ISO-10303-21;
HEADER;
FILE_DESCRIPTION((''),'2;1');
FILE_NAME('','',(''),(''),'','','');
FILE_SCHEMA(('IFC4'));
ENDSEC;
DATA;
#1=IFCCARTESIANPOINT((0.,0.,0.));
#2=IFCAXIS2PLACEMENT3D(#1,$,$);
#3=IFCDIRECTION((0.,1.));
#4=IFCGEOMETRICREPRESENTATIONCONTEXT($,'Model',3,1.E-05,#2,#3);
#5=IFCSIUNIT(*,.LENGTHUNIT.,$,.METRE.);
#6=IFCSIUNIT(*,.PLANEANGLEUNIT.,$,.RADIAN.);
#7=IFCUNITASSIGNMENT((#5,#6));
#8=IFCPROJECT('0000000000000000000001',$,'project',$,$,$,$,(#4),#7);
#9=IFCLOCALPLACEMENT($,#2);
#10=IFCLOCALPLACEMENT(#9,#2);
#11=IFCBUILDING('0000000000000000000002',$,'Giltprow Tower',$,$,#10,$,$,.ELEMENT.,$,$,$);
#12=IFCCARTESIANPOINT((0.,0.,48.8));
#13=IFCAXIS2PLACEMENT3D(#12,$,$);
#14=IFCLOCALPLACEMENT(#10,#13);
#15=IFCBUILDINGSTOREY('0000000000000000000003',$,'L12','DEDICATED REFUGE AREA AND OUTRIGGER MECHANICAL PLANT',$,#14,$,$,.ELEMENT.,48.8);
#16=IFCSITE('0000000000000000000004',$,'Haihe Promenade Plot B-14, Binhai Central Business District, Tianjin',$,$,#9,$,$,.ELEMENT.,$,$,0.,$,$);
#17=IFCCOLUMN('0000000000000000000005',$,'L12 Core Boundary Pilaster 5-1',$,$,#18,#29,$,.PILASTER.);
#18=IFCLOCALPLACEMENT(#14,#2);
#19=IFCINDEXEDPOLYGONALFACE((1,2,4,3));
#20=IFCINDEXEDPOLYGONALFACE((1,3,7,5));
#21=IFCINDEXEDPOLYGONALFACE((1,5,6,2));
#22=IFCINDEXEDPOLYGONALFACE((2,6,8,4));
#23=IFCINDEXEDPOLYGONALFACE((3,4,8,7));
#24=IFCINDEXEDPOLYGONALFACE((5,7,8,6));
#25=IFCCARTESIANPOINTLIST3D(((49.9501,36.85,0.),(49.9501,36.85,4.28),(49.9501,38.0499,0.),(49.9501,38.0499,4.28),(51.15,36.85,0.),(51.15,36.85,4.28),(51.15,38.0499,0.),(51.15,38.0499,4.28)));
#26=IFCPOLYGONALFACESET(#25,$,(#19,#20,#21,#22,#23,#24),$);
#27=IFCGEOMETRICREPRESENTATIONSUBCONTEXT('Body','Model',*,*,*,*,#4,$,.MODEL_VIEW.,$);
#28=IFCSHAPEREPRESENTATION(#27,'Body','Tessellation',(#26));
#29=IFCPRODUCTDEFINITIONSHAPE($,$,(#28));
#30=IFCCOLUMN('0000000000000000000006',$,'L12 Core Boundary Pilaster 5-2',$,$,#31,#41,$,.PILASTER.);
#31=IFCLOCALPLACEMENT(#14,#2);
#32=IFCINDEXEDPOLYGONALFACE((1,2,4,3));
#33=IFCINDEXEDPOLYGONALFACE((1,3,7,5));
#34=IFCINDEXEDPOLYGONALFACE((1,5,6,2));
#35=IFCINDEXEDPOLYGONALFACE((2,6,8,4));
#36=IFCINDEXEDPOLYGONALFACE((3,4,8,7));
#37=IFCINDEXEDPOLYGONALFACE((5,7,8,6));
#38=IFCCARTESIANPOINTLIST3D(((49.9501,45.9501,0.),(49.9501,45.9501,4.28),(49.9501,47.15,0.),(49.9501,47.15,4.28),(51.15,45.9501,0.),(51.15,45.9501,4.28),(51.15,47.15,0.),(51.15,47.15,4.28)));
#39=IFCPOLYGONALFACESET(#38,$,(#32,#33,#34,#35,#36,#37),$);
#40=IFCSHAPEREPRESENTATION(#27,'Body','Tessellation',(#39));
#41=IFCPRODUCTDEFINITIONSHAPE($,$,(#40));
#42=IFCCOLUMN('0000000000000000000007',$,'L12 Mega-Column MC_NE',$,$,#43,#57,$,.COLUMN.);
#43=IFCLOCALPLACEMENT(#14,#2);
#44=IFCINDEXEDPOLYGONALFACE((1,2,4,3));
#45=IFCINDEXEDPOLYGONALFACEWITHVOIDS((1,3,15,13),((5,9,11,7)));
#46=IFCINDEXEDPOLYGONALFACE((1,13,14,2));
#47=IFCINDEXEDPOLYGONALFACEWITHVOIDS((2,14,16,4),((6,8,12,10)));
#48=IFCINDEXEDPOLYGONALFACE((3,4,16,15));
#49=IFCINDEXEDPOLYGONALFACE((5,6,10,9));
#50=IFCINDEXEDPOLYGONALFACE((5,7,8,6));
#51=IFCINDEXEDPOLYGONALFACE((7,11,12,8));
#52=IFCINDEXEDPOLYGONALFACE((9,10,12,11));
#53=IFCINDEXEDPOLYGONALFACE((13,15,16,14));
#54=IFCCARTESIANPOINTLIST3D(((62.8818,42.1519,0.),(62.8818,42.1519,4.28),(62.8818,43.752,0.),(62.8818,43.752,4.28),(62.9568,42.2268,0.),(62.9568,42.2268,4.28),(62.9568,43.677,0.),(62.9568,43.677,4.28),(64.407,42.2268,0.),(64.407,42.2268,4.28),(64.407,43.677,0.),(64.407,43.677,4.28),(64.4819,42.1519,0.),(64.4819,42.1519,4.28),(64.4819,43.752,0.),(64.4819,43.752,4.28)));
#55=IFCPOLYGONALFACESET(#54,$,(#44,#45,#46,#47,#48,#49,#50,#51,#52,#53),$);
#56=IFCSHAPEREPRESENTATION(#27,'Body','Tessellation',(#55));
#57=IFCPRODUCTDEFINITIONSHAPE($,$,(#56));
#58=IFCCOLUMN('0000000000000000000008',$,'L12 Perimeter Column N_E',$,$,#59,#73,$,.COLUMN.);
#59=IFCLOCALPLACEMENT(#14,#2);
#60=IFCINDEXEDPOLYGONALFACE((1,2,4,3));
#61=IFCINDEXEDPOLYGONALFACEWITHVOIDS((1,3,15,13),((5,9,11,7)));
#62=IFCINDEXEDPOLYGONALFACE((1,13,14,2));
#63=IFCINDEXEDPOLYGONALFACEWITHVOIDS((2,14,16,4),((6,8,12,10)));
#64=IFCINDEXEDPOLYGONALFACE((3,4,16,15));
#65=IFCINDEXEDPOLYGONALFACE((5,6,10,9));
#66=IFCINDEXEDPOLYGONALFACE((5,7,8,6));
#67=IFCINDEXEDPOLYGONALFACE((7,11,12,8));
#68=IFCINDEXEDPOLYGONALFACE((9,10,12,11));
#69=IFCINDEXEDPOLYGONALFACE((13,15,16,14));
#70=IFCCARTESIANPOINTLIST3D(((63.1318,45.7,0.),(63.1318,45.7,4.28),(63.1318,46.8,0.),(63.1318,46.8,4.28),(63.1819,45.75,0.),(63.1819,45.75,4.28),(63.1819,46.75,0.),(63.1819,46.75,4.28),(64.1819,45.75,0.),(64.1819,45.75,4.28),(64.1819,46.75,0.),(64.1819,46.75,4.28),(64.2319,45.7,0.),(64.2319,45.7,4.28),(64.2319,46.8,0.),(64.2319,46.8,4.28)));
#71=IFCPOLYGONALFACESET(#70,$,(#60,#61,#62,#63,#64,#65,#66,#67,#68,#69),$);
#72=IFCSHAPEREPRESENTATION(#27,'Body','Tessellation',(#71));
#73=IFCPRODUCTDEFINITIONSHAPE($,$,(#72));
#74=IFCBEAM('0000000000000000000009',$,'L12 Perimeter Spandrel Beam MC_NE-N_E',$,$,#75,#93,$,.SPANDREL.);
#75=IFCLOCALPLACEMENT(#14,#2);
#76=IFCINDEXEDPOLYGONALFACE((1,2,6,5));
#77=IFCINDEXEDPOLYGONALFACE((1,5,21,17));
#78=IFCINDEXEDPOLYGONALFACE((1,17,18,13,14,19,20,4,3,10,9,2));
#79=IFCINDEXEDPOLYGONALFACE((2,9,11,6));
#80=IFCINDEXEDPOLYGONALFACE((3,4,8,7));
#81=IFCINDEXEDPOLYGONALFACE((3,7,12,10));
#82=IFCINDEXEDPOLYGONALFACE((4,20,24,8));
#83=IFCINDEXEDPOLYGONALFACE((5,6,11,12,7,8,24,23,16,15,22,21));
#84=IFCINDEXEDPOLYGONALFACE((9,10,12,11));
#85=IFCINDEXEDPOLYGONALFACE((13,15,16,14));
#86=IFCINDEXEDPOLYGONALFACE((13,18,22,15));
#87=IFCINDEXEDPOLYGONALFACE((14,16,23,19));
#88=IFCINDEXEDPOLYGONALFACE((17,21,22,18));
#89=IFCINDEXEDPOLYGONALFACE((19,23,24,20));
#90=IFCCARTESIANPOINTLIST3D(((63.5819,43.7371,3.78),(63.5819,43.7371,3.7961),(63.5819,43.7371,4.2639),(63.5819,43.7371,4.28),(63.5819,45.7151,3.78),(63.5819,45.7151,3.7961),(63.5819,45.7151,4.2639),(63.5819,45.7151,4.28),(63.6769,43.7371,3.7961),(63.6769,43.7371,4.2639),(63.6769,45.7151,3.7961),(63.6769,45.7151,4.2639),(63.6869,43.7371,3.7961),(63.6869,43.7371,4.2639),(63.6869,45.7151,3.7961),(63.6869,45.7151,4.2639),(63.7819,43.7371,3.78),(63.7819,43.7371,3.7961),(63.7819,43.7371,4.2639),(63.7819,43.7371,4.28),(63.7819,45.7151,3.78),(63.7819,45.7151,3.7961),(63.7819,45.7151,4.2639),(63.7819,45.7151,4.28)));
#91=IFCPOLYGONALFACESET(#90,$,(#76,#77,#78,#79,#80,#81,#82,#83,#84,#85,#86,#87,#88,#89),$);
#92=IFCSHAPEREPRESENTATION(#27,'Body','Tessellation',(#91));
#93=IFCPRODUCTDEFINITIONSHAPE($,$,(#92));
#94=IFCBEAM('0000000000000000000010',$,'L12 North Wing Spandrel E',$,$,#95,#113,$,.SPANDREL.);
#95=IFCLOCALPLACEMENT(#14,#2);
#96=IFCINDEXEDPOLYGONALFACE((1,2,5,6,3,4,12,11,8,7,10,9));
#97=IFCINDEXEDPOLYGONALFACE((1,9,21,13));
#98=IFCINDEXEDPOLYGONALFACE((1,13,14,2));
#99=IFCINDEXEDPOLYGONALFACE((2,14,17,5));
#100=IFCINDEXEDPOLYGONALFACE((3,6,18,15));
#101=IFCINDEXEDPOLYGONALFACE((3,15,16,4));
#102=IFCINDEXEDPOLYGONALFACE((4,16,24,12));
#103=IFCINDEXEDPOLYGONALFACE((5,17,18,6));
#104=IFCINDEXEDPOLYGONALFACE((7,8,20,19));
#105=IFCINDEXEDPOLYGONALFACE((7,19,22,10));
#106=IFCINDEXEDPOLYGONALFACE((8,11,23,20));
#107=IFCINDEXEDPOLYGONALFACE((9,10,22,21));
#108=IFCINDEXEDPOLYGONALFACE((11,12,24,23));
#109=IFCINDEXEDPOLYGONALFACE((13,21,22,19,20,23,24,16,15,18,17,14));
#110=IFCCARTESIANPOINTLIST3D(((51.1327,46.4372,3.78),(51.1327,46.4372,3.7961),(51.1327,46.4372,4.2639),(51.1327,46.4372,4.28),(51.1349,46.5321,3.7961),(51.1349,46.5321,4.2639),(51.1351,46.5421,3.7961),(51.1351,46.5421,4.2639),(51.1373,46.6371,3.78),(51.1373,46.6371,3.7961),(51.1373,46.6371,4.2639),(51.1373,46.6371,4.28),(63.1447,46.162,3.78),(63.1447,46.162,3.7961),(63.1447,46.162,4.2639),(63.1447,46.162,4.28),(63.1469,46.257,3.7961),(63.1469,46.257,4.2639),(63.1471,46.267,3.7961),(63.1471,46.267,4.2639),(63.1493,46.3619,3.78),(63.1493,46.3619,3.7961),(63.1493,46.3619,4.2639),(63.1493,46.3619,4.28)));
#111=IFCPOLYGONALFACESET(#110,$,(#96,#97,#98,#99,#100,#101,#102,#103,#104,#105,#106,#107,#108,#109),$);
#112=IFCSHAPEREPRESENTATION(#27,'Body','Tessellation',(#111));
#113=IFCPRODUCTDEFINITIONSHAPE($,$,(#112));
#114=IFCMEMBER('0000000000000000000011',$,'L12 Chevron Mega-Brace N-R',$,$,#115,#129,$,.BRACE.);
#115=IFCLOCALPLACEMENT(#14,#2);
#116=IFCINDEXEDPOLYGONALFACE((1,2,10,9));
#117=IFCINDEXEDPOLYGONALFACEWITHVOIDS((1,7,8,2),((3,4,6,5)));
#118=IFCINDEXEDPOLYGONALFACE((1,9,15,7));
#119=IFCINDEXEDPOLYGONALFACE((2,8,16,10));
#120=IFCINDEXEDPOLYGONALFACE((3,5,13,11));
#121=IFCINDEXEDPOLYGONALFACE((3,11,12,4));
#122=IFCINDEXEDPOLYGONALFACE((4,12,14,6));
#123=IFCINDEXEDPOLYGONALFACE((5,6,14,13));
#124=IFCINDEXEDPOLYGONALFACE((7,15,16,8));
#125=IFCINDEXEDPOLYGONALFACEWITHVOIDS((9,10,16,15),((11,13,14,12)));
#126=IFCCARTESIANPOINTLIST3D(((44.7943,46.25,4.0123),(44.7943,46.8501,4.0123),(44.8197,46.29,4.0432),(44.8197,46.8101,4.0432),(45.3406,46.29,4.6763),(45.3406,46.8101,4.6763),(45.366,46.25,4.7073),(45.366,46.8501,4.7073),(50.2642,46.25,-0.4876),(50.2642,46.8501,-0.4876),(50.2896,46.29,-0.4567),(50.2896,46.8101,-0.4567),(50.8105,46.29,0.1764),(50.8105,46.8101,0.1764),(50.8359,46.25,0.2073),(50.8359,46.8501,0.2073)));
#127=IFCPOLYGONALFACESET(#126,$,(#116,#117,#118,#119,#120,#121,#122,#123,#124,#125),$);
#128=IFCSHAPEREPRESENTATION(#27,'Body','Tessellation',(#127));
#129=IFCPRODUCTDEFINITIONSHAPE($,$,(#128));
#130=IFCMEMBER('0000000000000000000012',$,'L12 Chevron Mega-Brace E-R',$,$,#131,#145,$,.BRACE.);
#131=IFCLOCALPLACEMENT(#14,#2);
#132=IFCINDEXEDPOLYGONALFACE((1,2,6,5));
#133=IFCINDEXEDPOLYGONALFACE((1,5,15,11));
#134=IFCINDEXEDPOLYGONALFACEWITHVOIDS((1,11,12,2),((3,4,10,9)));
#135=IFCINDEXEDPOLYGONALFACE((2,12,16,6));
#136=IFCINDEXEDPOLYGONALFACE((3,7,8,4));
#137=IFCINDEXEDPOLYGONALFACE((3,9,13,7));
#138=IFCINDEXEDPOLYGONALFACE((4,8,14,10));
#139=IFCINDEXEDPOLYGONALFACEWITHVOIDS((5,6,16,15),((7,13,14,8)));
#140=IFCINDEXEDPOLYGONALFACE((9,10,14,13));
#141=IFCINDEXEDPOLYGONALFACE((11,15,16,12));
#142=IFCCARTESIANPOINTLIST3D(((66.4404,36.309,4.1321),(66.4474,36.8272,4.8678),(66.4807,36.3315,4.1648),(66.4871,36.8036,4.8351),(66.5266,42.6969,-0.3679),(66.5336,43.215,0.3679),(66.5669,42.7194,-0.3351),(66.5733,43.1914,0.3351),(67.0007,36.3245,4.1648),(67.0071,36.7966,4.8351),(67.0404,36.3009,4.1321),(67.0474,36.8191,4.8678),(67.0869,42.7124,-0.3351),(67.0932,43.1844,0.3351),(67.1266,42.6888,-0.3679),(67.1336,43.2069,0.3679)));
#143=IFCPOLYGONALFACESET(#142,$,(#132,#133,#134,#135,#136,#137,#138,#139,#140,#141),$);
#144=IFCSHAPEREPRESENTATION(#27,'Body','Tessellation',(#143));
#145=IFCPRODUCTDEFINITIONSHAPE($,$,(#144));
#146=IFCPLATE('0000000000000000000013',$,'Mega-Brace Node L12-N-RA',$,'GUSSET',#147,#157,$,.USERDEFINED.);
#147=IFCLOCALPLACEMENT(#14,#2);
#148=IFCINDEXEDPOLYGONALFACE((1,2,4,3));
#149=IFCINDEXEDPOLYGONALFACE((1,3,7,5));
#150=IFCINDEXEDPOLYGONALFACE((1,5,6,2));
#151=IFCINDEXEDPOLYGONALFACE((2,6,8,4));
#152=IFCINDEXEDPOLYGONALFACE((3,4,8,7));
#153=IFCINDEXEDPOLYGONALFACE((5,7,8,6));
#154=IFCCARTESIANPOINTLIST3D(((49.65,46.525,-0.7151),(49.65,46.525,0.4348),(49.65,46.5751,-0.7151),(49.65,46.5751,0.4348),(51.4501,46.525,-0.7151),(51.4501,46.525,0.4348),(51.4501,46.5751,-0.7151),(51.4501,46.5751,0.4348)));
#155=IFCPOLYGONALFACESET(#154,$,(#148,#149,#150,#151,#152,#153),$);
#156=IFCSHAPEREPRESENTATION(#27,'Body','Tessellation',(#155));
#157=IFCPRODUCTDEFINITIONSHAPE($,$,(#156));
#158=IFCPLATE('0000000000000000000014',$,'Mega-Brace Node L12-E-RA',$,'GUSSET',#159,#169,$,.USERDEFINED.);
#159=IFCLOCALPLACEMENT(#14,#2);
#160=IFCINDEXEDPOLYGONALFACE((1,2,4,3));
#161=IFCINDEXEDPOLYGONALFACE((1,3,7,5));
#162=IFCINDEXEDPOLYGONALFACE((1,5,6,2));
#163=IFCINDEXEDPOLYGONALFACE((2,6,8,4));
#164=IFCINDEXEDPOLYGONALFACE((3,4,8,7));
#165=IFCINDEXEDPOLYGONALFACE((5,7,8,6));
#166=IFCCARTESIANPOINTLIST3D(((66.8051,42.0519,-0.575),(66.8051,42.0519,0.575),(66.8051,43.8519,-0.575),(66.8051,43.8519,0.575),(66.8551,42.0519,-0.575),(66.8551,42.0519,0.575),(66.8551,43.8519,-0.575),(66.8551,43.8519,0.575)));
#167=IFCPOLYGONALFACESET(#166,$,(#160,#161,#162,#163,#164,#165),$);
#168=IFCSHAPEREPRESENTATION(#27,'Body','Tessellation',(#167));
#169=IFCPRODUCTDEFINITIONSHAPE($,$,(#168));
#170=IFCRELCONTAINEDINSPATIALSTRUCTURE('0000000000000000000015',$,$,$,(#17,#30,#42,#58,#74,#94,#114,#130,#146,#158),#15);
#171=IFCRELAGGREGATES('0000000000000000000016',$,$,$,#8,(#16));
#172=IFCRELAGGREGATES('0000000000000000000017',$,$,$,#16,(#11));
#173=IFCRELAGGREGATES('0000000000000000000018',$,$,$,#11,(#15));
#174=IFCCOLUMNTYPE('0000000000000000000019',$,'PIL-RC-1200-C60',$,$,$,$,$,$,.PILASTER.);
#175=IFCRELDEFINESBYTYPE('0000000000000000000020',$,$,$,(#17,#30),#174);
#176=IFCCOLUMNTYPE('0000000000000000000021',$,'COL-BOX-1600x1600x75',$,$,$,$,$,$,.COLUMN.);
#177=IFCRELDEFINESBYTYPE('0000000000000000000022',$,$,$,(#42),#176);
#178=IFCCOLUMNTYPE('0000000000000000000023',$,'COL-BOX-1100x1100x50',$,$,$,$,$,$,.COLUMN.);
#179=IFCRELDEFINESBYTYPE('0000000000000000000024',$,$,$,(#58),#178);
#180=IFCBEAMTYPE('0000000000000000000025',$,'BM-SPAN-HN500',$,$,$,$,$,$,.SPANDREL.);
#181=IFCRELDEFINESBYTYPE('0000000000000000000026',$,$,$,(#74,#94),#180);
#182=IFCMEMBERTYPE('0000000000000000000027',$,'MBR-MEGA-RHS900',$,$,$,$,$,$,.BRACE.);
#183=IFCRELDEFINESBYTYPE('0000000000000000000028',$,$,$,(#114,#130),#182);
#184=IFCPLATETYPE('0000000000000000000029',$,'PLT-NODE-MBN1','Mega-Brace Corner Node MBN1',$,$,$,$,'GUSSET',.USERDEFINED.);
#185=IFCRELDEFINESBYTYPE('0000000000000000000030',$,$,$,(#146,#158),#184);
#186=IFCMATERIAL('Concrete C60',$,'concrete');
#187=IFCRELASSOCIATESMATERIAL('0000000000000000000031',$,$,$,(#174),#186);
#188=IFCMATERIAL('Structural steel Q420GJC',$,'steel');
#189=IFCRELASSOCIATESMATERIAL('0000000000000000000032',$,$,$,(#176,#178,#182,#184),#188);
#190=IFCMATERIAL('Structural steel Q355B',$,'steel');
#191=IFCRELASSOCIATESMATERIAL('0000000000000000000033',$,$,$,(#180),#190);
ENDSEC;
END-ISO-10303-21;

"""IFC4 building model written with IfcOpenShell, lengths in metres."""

from ifc_helpers import new_model, si_unit, direction, frame, origin, origin_2d, place, context, subcontext, project, spatial, rectangle, hollow_rectangle, i_section, extrude, source, transform, mapped, material, material_profile, profile_set, type_object, element, save


model = new_model("IFC4")

# Units and contexts
model_context = context("Model", 3, precision=1e-05, world=origin(), true_north=direction((0.0, 1.0)))
body_context = subcontext(model_context, "Body", "Model", "MODEL_VIEW")
ifc_project = project(units=[si_unit("LENGTHUNIT", "METRE"), si_unit("PLANEANGLEUNIT", "RADIAN")], contexts=[model_context])

# Site, building, storey
site_placement = place(None, origin())
site = spatial("IfcSite", under=ifc_project, at=site_placement, Name="Haihe Promenade Plot B-14, Binhai Central Business District, Tianjin", CompositionType="ELEMENT", RefElevation=0.0)
building_placement = place(site_placement, origin())
building = spatial("IfcBuilding", under=site, at=building_placement, Name="Giltprow Tower", CompositionType="ELEMENT")
storey_placement = place(building_placement, frame((0.0, 0.0, 48.8)))
storey = spatial("IfcBuildingStorey", under=building, at=storey_placement, Name="L12", Description="DEDICATED REFUGE AREA AND OUTRIGGER MECHANICAL PLANT", CompositionType="ELEMENT", Elevation=48.8)

# Columns
ifc_material_1 = material(Name="Concrete C60", Category="concrete")
ifc_material_profile_1 = material_profile(ifc_material_1, rectangle(XDim=1.2, YDim=1.2, at=origin_2d()), Name="RC 1200x1200")
ifc_profile_set_1 = profile_set([ifc_material_profile_1], Name="Concrete C60")
column_type_1 = type_object("IfcColumnType", Name="PIL-RC-1200-C60", PredefinedType="PILASTER", material=ifc_profile_set_1)
shared_shape_1 = source(origin(), body_context, "Body", "SweptSolid", [
    extrude(rectangle(XDim=1.2, YDim=1.2, at=origin_2d()), origin(), (0.0, 0.0, 1.0), 4.28),
])
for number, where, z_axis, x_axis, name in (
    (1, (50.55, 37.45, 0.0), (0.0, 0.0, 1.0), (1.0, 0.0, 0.0), "L12 Core Boundary Pilaster 5-1"),
    (2, (50.55, 46.55, 0.0), (0.0, 0.0, 1.0), (1.0, 0.0, 0.0), "L12 Core Boundary Pilaster 5-2"),
):
    element("IfcColumn", number, at=place(storey_placement, frame(where, z_axis=z_axis, x_axis=x_axis)), inside=storey, type_object=column_type_1, Name=name, PredefinedType="PILASTER", context=body_context, shape_type="MappedRepresentation", body=[
        mapped(shared_shape_1, transform((0.0, 0.0, 0.0), x_axis=(1.0, 0.0, 0.0), y_axis=(0.0, 1.0, 0.0), z_axis=(0.0, 0.0, 1.0), scale=1.0)),
    ])
ifc_material_2 = material(Name="Structural steel Q420GJC", Category="steel")
ifc_material_profile_2 = material_profile(ifc_material_2, hollow_rectangle(XDim=1.6001, YDim=1.6001, WallThickness=0.075, at=origin_2d()), Name="BOX 1600x1600x75")
ifc_profile_set_2 = profile_set([ifc_material_profile_2], Name="Structural steel Q420GJC")
column_type_2 = type_object("IfcColumnType", Name="COL-BOX-1600x1600x75", PredefinedType="COLUMN", material=ifc_profile_set_2)
shared_shape_2 = source(origin(), body_context, "Body", "SweptSolid", [
    extrude(hollow_rectangle(XDim=1.6001, YDim=1.6001, WallThickness=0.075, at=origin_2d()), origin(), (0.0, 0.0, 1.0), 4.28),
])
column_1_placement = place(storey_placement, frame((63.6819, 42.9519, 0.0), z_axis=(0.0, 0.0, 1.0), x_axis=(1.0, 0.0, 0.0)))
element("IfcColumn", 3, at=column_1_placement, inside=storey, type_object=column_type_2, Name="L12 Mega-Column MC_NE", PredefinedType="COLUMN", context=body_context, shape_type="MappedRepresentation", body=[
    mapped(shared_shape_2, transform((0.0, 0.0, 0.0), x_axis=(1.0, 0.0, 0.0), y_axis=(0.0, 1.0, 0.0), z_axis=(0.0, 0.0, 1.0), scale=1.0)),
])
ifc_material_profile_3 = material_profile(ifc_material_2, hollow_rectangle(XDim=1.1001, YDim=1.1001, WallThickness=0.05, at=origin_2d()), Name="BOX 1100x1100x50")
ifc_profile_set_3 = profile_set([ifc_material_profile_3], Name="Structural steel Q420GJC")
column_type_3 = type_object("IfcColumnType", Name="COL-BOX-1100x1100x50", PredefinedType="COLUMN", material=ifc_profile_set_3)
shared_shape_3 = source(origin(), body_context, "Body", "SweptSolid", [
    extrude(hollow_rectangle(XDim=1.1001, YDim=1.1001, WallThickness=0.05, at=origin_2d()), origin(), (0.0, 0.0, 1.0), 4.28),
])
column_2_placement = place(storey_placement, frame((63.6819, 46.25, 0.0), z_axis=(0.0, 0.0, 1.0), x_axis=(1.0, 0.0, 0.0)))
element("IfcColumn", 4, at=column_2_placement, inside=storey, type_object=column_type_3, Name="L12 Perimeter Column N_E", PredefinedType="COLUMN", context=body_context, shape_type="MappedRepresentation", body=[
    mapped(shared_shape_3, transform((0.0, 0.0, 0.0), x_axis=(1.0, 0.0, 0.0), y_axis=(0.0, 1.0, 0.0), z_axis=(0.0, 0.0, 1.0), scale=1.0)),
])

# Beams
ifc_material_3 = material(Name="Structural steel Q355B", Category="steel")
ifc_material_profile_4 = material_profile(ifc_material_3, i_section(OverallWidth=0.2, OverallDepth=0.5, WebThickness=0.01, FlangeThickness=0.0161, at=origin_2d()), Name="HN 500x200x10x16")
ifc_profile_set_4 = profile_set([ifc_material_profile_4], Name="Structural steel Q355B")
beam_type = type_object("IfcBeamType", Name="BM-SPAN-HN500", PredefinedType="SPANDREL", material=ifc_profile_set_4)
shared_shape_4 = source(origin(), body_context, "Body", "SweptSolid", [
    extrude(i_section(OverallWidth=0.2, OverallDepth=0.5, WebThickness=0.01, FlangeThickness=0.0161, at=origin_2d()), origin(), (0.0, 0.0, 1.0), 1.978),
])
beam_1_placement = place(storey_placement, frame((63.6819, 43.7371, 4.03), z_axis=(0.0, 1.0, 0.0), x_axis=(-1.0, 0.0, 0.0)))
element("IfcBeam", 5, at=beam_1_placement, inside=storey, type_object=beam_type, Name="L12 Perimeter Spandrel Beam MC_NE-N_E", PredefinedType="SPANDREL", context=body_context, shape_type="MappedRepresentation", body=[
    mapped(shared_shape_4, transform((0.0, 0.0, 0.0), x_axis=(1.0, 0.0, 0.0), y_axis=(0.0, 1.0, 0.0), z_axis=(0.0, 0.0, 1.0), scale=1.0)),
])
shared_shape_5 = source(origin(), body_context, "Body", "SweptSolid", [
    extrude(i_section(OverallWidth=0.2, OverallDepth=0.5, WebThickness=0.01, FlangeThickness=0.0161, at=origin_2d()), origin(), (0.0, 0.0, 1.0), 12.0151),
])
beam_2_placement = place(storey_placement, frame((51.135, 46.5371, 4.03), z_axis=(0.999738, -0.0229, 0.0), x_axis=(0.0229, 0.999738, 0.0)))
element("IfcBeam", 6, at=beam_2_placement, inside=storey, type_object=beam_type, Name="L12 North Wing Spandrel E", PredefinedType="SPANDREL", context=body_context, shape_type="MappedRepresentation", body=[
    mapped(shared_shape_5, transform((0.0, 0.0, 0.0), x_axis=(1.0, 0.0, 0.0), y_axis=(0.0, 1.0, 0.0), z_axis=(0.0, 0.0, 1.0), scale=1.0)),
])

# Members
ifc_material_profile_5 = material_profile(ifc_material_2, hollow_rectangle(XDim=0.6001, YDim=0.8999, WallThickness=0.04, at=origin_2d()), Name="RHS 900x600x40")
ifc_profile_set_5 = profile_set([ifc_material_profile_5], Name="Structural steel Q420GJC")
member_type = type_object("IfcMemberType", Name="MBR-MEGA-RHS900", PredefinedType="BRACE", material=ifc_profile_set_5)
shared_shape_6 = source(origin(), body_context, "Body", "SweptSolid", [
    extrude(hollow_rectangle(XDim=0.6001, YDim=0.8999, WallThickness=0.04, at=origin_2d()), origin(), (0.0, 0.0, 1.0), 7.083),
])
member_1_placement = place(storey_placement, frame((50.55, 46.55, -0.1401), z_axis=(-0.772254, 0.0, 0.635313), x_axis=(0.0, -1.0, 0.0)))
element("IfcMember", 7, at=member_1_placement, inside=storey, type_object=member_type, Name="L12 Chevron Mega-Brace N-R", PredefinedType="BRACE", context=body_context, shape_type="MappedRepresentation", body=[
    mapped(shared_shape_6, transform((0.0, 0.0, 0.0), x_axis=(1.0, 0.0, 0.0), y_axis=(0.0, 1.0, 0.0), z_axis=(0.0, 0.0, 1.0), scale=1.0)),
])
shared_shape_7 = source(origin(), body_context, "Body", "SweptSolid", [
    extrude(hollow_rectangle(XDim=0.6001, YDim=0.8999, WallThickness=0.04, at=origin_2d()), origin(), (0.0, 0.0, 1.0), 7.8142),
])
member_2_placement = place(storey_placement, frame((66.8301, 42.9519, 0.0), z_axis=(-0.011029, -0.817468, 0.575868), x_axis=(0.999909, -0.01349, 0.0)))
element("IfcMember", 8, at=member_2_placement, inside=storey, type_object=member_type, Name="L12 Chevron Mega-Brace E-R", PredefinedType="BRACE", context=body_context, shape_type="MappedRepresentation", body=[
    mapped(shared_shape_7, transform((0.0, 0.0, 0.0), x_axis=(1.0, 0.0, 0.0), y_axis=(0.0, 1.0, 0.0), z_axis=(0.0, 0.0, 1.0), scale=1.0)),
])

# Plates
plate_type = type_object("IfcPlateType", Name="PLT-NODE-MBN1", Description="Mega-Brace Corner Node MBN1", ElementType="GUSSET", PredefinedType="USERDEFINED", material=ifc_material_2)
shared_shape_8 = source(origin(), body_context, "Body", "SweptSolid", [
    extrude(rectangle(XDim=1.8, YDim=0.05, at=origin_2d()), origin(), (0.0, 0.0, 1.0), 1.1499),
])
for number, where, z_axis, x_axis, name in (
    (9, (50.55, 46.55, -0.7151), (0.0, 0.0, 1.0), (1.0, 0.0, 0.0), "Mega-Brace Node L12-N-RA"),
    (10, (66.8301, 42.9519, -0.575), (0.0, 0.0, 1.0), (0.0, 1.0, 0.0), "Mega-Brace Node L12-E-RA"),
):
    element("IfcPlate", number, at=place(storey_placement, frame(where, z_axis=z_axis, x_axis=x_axis)), inside=storey, type_object=plate_type, Name=name, ObjectType="GUSSET", PredefinedType="USERDEFINED", context=body_context, shape_type="MappedRepresentation", body=[
        mapped(shared_shape_8, transform((0.0, 0.0, 0.0), x_axis=(1.0, 0.0, 0.0), y_axis=(0.0, 1.0, 0.0), z_axis=(0.0, 0.0, 1.0), scale=1.0)),
    ])

save(model, "model.ifc")
